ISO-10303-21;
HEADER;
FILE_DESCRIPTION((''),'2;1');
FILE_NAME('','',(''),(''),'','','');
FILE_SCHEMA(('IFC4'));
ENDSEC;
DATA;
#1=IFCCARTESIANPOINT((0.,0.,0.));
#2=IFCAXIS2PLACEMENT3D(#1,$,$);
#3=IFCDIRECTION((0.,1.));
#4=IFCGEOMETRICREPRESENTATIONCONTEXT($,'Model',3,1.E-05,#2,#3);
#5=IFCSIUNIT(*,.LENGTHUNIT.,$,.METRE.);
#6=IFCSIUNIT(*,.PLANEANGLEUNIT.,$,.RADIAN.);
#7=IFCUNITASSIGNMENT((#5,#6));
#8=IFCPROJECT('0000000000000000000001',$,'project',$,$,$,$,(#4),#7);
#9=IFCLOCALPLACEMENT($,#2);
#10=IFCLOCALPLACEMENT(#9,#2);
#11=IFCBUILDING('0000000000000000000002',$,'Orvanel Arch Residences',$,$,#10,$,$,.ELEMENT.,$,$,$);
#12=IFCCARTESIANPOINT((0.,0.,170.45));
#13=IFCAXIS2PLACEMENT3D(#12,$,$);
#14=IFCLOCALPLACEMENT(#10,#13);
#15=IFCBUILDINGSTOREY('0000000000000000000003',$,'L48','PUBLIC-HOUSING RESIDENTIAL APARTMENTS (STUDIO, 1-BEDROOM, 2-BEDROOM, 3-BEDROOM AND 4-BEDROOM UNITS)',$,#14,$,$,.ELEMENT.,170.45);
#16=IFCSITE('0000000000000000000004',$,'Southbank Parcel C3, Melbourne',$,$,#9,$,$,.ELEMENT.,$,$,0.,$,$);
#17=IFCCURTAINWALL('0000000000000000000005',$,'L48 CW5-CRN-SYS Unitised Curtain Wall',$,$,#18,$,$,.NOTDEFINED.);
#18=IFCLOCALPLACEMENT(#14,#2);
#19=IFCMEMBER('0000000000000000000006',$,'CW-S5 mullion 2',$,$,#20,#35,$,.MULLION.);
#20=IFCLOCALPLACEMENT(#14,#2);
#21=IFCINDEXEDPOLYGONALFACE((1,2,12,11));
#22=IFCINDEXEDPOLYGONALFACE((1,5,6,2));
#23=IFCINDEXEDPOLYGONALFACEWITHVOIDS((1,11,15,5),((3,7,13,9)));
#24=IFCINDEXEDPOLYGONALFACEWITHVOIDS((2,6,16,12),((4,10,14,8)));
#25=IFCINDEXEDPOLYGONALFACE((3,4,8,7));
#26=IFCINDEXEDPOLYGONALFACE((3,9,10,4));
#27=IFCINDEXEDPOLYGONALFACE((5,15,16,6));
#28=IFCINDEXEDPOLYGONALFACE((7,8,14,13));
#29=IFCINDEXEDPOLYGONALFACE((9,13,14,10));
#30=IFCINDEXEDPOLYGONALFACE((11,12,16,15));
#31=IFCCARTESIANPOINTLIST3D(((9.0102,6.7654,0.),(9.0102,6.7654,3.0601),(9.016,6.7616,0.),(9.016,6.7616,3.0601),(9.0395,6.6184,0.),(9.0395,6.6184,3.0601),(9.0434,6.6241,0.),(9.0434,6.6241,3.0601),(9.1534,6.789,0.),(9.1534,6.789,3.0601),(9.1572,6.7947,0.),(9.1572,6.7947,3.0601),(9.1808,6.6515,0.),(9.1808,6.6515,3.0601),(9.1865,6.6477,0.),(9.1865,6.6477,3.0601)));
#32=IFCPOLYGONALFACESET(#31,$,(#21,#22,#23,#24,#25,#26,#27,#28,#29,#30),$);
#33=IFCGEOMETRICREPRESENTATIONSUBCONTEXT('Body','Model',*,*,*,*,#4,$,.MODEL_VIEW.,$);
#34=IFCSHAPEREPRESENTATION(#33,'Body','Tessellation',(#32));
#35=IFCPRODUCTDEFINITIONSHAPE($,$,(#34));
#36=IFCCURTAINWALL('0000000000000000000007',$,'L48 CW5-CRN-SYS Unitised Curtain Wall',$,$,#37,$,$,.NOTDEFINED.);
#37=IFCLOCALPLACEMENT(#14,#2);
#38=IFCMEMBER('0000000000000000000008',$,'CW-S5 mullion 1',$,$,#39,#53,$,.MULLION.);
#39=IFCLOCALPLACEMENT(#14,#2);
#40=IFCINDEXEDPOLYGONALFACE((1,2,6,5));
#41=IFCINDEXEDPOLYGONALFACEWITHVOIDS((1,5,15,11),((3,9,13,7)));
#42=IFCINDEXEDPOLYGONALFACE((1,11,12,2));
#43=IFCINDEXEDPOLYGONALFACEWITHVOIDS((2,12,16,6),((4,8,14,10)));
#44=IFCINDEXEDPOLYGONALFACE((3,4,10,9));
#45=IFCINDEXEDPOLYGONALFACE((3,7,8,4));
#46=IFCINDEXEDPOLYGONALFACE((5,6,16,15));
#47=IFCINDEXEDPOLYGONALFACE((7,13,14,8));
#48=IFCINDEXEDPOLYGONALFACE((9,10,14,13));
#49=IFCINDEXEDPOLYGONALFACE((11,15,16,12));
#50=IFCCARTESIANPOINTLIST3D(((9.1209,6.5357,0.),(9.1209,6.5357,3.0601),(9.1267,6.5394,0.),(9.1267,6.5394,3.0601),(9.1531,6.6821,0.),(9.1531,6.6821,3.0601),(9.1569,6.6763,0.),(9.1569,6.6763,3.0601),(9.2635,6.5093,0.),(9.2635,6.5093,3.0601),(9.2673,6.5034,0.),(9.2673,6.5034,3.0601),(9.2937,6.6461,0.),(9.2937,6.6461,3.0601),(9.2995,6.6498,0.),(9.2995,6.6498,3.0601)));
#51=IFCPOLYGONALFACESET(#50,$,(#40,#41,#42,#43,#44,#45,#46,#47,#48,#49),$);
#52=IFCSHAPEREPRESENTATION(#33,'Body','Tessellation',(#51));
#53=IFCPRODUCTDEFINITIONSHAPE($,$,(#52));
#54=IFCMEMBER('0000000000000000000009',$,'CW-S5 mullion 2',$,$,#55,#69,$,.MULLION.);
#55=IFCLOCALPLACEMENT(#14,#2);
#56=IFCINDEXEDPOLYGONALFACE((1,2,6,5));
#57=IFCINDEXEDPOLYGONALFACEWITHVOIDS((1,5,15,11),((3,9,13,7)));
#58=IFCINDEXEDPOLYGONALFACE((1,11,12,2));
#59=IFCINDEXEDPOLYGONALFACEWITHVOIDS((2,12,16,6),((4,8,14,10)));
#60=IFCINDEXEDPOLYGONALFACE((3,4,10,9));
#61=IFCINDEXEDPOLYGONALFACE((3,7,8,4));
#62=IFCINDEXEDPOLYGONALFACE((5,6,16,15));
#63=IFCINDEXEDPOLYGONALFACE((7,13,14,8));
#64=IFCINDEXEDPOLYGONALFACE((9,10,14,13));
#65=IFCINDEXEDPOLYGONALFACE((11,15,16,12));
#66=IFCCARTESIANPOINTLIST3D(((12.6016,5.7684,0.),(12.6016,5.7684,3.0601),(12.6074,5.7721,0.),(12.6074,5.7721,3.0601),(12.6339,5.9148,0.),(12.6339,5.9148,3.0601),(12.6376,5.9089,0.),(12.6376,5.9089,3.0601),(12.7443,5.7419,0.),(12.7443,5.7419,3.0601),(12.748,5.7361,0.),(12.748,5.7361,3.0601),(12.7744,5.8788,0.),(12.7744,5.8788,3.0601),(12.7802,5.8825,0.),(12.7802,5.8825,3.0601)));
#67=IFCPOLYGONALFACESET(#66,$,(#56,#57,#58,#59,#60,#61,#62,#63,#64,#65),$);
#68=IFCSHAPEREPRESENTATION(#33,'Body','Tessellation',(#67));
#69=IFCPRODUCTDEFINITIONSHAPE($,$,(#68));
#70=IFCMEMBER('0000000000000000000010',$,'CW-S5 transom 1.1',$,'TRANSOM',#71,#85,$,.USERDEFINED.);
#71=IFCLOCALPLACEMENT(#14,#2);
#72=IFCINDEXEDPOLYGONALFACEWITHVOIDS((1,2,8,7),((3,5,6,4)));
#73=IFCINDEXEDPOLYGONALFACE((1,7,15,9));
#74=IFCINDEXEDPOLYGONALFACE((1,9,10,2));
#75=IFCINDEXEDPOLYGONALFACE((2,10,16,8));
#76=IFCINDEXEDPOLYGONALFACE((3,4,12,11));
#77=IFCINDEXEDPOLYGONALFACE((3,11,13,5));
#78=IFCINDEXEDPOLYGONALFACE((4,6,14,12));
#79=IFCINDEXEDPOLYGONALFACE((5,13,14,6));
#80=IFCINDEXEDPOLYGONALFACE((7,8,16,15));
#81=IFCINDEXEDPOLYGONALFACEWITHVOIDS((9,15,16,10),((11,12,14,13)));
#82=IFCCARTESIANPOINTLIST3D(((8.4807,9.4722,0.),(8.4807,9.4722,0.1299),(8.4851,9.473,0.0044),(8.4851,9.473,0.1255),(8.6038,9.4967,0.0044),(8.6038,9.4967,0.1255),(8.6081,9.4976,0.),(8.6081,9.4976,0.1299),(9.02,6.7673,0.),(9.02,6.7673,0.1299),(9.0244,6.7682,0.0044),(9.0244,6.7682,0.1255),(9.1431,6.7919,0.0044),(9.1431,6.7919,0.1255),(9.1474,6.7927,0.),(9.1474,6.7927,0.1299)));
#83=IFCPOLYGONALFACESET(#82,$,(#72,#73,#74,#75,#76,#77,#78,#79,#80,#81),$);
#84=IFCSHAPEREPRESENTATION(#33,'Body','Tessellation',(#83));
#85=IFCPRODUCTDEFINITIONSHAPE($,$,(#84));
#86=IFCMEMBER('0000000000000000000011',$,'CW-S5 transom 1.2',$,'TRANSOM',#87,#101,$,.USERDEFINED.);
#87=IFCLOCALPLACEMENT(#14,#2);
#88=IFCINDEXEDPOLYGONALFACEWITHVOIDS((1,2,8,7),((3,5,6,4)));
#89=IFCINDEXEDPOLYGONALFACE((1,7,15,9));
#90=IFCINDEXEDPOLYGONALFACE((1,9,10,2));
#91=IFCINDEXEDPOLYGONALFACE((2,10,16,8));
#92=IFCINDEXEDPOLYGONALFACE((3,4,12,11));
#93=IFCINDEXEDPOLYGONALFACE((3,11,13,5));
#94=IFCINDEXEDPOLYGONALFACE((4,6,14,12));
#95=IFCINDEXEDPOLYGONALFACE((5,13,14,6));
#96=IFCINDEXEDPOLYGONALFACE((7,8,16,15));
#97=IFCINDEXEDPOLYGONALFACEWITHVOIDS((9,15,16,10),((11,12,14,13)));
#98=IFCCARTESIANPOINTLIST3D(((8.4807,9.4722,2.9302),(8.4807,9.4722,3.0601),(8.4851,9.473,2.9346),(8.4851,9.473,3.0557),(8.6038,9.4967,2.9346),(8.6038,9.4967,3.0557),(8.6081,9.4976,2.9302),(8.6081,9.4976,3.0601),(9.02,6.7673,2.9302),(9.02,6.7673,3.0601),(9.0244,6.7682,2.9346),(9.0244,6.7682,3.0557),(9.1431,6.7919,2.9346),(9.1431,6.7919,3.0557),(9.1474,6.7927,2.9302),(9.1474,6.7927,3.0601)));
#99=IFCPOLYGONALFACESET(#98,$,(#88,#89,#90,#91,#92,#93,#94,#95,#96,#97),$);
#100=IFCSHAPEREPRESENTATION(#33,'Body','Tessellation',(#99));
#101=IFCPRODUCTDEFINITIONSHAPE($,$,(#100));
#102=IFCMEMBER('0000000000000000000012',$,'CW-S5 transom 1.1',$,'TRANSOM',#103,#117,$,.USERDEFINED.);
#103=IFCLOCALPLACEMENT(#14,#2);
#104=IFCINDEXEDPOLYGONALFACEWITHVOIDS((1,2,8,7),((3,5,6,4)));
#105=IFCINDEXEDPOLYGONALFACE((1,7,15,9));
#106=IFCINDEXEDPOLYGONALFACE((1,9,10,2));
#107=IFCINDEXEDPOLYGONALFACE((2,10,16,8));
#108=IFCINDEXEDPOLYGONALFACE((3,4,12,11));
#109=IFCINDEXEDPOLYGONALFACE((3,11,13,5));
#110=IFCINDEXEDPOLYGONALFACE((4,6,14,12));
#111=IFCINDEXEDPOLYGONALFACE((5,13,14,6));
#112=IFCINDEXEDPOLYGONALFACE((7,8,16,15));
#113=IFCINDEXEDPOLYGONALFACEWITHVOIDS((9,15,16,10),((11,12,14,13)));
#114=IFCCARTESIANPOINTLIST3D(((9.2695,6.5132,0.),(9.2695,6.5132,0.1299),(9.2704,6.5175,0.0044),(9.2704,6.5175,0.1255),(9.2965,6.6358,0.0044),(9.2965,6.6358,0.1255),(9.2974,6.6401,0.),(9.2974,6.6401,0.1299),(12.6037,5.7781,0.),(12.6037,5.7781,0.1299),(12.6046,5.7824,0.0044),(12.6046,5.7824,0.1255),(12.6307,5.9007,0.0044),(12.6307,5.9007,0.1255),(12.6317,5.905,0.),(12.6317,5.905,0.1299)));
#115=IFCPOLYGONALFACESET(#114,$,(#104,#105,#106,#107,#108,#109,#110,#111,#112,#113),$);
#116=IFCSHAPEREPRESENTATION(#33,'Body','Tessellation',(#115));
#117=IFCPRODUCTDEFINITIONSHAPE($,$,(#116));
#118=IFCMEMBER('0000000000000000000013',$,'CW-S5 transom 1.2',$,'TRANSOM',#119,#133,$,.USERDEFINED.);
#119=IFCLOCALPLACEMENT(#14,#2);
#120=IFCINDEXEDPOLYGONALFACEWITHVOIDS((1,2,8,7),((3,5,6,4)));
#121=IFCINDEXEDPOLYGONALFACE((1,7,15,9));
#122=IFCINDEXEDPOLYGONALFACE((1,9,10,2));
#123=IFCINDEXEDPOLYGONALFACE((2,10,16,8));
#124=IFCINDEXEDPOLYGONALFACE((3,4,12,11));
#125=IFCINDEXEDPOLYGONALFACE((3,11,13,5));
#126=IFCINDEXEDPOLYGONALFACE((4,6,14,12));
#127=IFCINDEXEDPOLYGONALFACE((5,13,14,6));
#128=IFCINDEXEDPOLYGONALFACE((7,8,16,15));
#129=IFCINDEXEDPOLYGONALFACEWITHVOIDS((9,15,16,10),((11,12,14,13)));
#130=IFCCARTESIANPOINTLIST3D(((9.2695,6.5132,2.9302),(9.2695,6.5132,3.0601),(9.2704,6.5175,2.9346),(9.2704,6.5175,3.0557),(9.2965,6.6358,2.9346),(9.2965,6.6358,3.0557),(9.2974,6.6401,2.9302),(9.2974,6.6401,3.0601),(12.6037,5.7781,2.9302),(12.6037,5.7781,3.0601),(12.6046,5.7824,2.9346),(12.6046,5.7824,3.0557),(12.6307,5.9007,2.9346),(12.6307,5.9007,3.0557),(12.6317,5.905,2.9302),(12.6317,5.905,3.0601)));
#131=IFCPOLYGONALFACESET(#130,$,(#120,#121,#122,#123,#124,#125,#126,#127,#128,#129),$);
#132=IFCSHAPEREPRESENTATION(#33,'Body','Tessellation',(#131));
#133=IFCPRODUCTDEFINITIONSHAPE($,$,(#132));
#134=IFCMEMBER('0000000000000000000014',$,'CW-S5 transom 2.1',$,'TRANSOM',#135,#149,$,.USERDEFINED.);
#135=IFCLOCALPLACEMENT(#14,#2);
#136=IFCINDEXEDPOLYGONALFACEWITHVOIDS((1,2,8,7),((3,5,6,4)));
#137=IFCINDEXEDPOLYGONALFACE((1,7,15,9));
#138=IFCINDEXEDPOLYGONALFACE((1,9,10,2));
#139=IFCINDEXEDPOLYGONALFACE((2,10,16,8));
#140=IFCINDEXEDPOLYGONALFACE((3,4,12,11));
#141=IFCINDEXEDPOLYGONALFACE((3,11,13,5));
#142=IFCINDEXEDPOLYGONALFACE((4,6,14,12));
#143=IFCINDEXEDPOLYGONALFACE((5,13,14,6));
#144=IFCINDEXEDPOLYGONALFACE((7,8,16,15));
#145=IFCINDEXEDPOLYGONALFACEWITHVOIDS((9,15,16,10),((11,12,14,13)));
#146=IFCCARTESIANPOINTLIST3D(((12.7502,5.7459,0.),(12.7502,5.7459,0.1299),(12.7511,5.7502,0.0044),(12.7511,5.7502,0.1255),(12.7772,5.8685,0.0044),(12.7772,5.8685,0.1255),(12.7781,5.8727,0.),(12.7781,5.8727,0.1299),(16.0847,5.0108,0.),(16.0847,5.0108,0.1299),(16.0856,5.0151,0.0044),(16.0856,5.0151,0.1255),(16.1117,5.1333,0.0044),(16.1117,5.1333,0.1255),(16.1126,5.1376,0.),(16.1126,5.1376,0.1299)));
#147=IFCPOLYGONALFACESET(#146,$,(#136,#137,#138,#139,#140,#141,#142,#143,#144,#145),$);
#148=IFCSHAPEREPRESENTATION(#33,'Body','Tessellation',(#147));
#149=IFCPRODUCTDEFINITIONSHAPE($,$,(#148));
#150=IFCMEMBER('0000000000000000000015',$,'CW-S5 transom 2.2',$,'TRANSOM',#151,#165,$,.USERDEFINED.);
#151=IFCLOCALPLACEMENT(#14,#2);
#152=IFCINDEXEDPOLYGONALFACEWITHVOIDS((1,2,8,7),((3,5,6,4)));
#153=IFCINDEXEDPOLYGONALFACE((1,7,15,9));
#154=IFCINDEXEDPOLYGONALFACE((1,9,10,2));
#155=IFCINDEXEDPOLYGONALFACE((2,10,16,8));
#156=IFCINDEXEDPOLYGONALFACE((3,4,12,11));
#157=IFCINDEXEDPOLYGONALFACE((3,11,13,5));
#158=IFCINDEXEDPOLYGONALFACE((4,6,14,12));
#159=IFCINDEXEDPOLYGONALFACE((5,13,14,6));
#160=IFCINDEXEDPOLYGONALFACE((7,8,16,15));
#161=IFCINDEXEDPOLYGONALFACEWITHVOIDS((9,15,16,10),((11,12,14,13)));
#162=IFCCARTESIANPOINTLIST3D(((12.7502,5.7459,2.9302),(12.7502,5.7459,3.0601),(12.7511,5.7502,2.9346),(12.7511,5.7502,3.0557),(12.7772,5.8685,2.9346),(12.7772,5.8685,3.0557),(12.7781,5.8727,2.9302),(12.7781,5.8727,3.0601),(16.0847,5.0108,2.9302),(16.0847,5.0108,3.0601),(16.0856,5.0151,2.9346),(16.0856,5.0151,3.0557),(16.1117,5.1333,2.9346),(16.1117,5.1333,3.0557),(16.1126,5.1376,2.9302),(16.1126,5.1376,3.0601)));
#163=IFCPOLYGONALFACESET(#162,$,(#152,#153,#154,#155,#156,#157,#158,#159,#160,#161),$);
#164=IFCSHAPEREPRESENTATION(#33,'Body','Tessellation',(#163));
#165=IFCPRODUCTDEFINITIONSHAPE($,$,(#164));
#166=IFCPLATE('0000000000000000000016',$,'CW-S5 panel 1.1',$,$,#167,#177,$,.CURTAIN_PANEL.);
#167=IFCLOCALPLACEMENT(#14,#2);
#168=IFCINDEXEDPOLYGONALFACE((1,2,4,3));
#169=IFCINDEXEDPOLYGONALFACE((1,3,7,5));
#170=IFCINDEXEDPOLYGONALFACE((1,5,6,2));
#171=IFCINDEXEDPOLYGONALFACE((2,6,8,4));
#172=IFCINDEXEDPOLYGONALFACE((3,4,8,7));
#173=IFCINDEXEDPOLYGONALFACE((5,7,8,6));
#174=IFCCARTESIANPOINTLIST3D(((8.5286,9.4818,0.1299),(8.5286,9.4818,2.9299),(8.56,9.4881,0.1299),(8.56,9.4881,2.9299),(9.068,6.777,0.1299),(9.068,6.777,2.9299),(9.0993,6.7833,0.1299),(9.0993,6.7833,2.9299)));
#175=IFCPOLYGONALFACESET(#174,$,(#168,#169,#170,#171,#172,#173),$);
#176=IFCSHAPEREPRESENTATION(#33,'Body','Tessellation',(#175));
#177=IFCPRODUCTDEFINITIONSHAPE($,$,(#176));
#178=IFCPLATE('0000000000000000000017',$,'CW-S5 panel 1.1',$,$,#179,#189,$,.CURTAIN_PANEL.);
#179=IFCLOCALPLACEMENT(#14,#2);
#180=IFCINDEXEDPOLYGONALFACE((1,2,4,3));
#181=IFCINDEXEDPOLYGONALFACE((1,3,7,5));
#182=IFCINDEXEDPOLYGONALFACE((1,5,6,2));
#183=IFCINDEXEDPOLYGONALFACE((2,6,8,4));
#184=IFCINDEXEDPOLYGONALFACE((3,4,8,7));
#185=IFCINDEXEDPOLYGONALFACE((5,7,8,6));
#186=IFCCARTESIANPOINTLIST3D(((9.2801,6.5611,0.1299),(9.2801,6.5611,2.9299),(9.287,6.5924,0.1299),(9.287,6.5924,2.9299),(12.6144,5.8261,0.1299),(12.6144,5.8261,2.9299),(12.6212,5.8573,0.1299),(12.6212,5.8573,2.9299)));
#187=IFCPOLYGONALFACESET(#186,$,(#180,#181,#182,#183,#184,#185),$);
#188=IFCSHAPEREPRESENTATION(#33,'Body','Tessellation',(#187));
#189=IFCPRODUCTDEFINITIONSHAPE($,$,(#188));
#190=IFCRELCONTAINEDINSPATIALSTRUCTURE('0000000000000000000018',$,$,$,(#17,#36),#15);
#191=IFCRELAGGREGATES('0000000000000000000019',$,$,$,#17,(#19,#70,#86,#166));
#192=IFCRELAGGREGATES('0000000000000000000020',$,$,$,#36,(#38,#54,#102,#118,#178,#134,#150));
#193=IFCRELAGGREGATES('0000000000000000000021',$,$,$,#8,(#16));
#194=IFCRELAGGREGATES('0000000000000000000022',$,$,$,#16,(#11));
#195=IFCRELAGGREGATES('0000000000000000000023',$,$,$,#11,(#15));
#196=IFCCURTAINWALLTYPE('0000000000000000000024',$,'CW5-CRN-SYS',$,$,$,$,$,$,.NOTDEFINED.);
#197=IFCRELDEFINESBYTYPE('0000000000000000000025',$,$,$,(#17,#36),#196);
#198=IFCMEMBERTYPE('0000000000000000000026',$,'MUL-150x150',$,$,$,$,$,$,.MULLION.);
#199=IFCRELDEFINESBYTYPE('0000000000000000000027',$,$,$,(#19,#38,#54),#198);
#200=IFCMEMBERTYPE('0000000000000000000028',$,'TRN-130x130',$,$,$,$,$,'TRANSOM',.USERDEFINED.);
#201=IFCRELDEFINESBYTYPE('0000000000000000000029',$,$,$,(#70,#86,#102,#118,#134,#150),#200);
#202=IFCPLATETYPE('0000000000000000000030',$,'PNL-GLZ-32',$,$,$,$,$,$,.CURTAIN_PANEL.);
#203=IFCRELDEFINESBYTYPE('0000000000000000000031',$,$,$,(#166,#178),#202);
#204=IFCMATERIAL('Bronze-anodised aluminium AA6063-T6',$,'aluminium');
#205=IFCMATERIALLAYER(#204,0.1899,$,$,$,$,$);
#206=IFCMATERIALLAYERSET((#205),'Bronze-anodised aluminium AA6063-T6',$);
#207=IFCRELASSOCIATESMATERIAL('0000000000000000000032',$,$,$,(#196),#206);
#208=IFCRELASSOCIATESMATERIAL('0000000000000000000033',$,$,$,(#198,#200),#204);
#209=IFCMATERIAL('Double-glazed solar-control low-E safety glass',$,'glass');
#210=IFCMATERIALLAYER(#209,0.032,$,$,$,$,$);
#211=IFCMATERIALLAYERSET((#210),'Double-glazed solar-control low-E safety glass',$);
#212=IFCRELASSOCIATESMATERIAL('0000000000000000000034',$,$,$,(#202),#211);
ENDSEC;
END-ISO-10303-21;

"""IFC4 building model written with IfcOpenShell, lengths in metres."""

from ifc_helpers import new_model, si_unit, direction, frame, origin, origin_2d, place, context, subcontext, project, spatial, rectangle, hollow_rectangle, extrude, material, layer, layer_set, material_profile, profile_set, type_object, element, aggregate, save


model = new_model("IFC4")

# Units and contexts
model_context = context("Model", 3, precision=1e-05, world=origin(), true_north=direction((0.0, 1.0)))
body_context = subcontext(model_context, "Body", "Model", "MODEL_VIEW")
ifc_project = project(units=[si_unit("LENGTHUNIT", "METRE"), si_unit("PLANEANGLEUNIT", "RADIAN")], contexts=[model_context])

# Site, building, storey
site_placement = place(None, origin())
site = spatial("IfcSite", under=ifc_project, at=site_placement, Name="Southbank Parcel C3, Melbourne", CompositionType="ELEMENT", RefElevation=0.0)
building_placement = place(site_placement, origin())
building = spatial("IfcBuilding", under=site, at=building_placement, Name="Orvanel Arch Residences", CompositionType="ELEMENT")
storey_placement = place(building_placement, frame((0.0, 0.0, 170.45)))
storey = spatial("IfcBuildingStorey", under=building, at=storey_placement, Name="L48", Description="PUBLIC-HOUSING RESIDENTIAL APARTMENTS (STUDIO, 1-BEDROOM, 2-BEDROOM, 3-BEDROOM AND 4-BEDROOM UNITS)", CompositionType="ELEMENT", Elevation=170.45)

# Curtain wall, member
ifc_material_1 = material(Name="Bronze-anodised aluminium AA6063-T6", Category="aluminium")
ifc_layer_1 = layer(ifc_material_1, 0.1899)
ifc_layer_set_1 = layer_set([ifc_layer_1], Name="Bronze-anodised aluminium AA6063-T6")
curtain_wall_type = type_object("IfcCurtainWallType", Name="CW5-CRN-SYS", PredefinedType="NOTDEFINED", material=ifc_layer_set_1)
curtain_wall_1_placement = place(storey_placement, origin())
curtain_wall_1 = element("IfcCurtainWall", 1, at=curtain_wall_1_placement, inside=storey, type_object=curtain_wall_type, Name="L48 CW5-CRN-SYS Unitised Curtain Wall", PredefinedType="NOTDEFINED")
ifc_material_profile_1 = material_profile(ifc_material_1, hollow_rectangle(XDim=0.1499, YDim=0.1499, WallThickness=0.0049, at=origin_2d()), Name="ALU150x150x5")
ifc_profile_set_1 = profile_set([ifc_material_profile_1], Name="Bronze-anodised aluminium AA6063-T6")
member_type_1 = type_object("IfcMemberType", Name="MUL-150x150", PredefinedType="MULLION", material=ifc_profile_set_1)
member_1_placement = place(storey_placement, frame((9.0984, 6.7065, 0.0), z_axis=(0.0, 0.0, 1.0), x_axis=(0.980694, 0.19555, 0.0)))
member_1 = element("IfcMember", 2, at=member_1_placement, type_object=member_type_1, Name="CW-S5 mullion 2", PredefinedType="MULLION", context=body_context, shape_type="SweptSolid", body=[
    extrude(hollow_rectangle(XDim=0.1499, YDim=0.1499, WallThickness=0.0049, at=origin_2d()), origin(), (0.0, 0.0, 1.0), 3.0601),
])

# Curtain wall, members
curtain_wall_2_placement = place(storey_placement, origin())
curtain_wall_2 = element("IfcCurtainWall", 3, at=curtain_wall_2_placement, inside=storey, type_object=curtain_wall_type, Name="L48 CW5-CRN-SYS Unitised Curtain Wall", PredefinedType="NOTDEFINED")
member_2_placement = place(storey_placement, frame((9.2102, 6.5928, 0.0), z_axis=(0.0, 0.0, 1.0), x_axis=(0.215286, 0.976551, 0.0)))
member_2 = element("IfcMember", 4, at=member_2_placement, type_object=member_type_1, Name="CW-S5 mullion 1", PredefinedType="MULLION", context=body_context, shape_type="SweptSolid", body=[
    extrude(hollow_rectangle(XDim=0.1499, YDim=0.1499, WallThickness=0.0049, at=origin_2d()), origin(), (0.0, 0.0, 1.0), 3.0601),
])
member_3_placement = place(storey_placement, frame((12.6909, 5.8254, 0.0), z_axis=(0.0, 0.0, 1.0), x_axis=(0.215286, 0.976551, 0.0)))
member_3 = element("IfcMember", 5, at=member_3_placement, type_object=member_type_1, Name="CW-S5 mullion 2", PredefinedType="MULLION", context=body_context, shape_type="SweptSolid", body=[
    extrude(hollow_rectangle(XDim=0.1499, YDim=0.1499, WallThickness=0.0049, at=origin_2d()), origin(), (0.0, 0.0, 1.0), 3.0601),
])

# Members
ifc_material_profile_2 = material_profile(ifc_material_1, hollow_rectangle(XDim=0.1299, YDim=0.1299, WallThickness=0.0044, at=origin_2d()), Name="ALU130x130x4.5")
ifc_profile_set_2 = profile_set([ifc_material_profile_2], Name="Bronze-anodised aluminium AA6063-T6")
member_type_2 = type_object("IfcMemberType", Name="TRN-130x130", ElementType="TRANSOM", PredefinedType="USERDEFINED", material=ifc_profile_set_2)
member_4_placement = place(storey_placement, frame((8.5444, 9.4849, 0.0649), z_axis=(0.195537, -0.980696, 0.0), x_axis=(0.980696, 0.195537, 0.0)))
member_4 = element("IfcMember", 6, at=member_4_placement, type_object=member_type_2, Name="CW-S5 transom 1.1", ObjectType="TRANSOM", PredefinedType="USERDEFINED", context=body_context, shape_type="SweptSolid", body=[
    extrude(hollow_rectangle(XDim=0.1299, YDim=0.1299, WallThickness=0.0044, at=origin_2d()), origin(), (0.0, 0.0, 1.0), 2.7581),
])
member_5_placement = place(storey_placement, frame((8.5444, 9.4849, 2.9951), z_axis=(0.195537, -0.980696, 0.0), x_axis=(0.980696, 0.195537, 0.0)))
member_5 = element("IfcMember", 7, at=member_5_placement, type_object=member_type_2, Name="CW-S5 transom 1.2", ObjectType="TRANSOM", PredefinedType="USERDEFINED", context=body_context, shape_type="SweptSolid", body=[
    extrude(hollow_rectangle(XDim=0.1299, YDim=0.1299, WallThickness=0.0044, at=origin_2d()), origin(), (0.0, 0.0, 1.0), 2.7581),
])
member_6_placement = place(storey_placement, frame((9.2834, 6.5767, 0.0649), z_axis=(0.976547, -0.215302, 0.0), x_axis=(0.215302, 0.976547, 0.0)))
member_6 = element("IfcMember", 8, at=member_6_placement, type_object=member_type_2, Name="CW-S5 transom 1.1", ObjectType="TRANSOM", PredefinedType="USERDEFINED", context=body_context, shape_type="SweptSolid", body=[
    extrude(hollow_rectangle(XDim=0.1299, YDim=0.1299, WallThickness=0.0044, at=origin_2d()), origin(), (0.0, 0.0, 1.0), 3.4143),
])
member_7_placement = place(storey_placement, frame((9.2834, 6.5767, 2.9951), z_axis=(0.976547, -0.215302, 0.0), x_axis=(0.215302, 0.976547, 0.0)))
member_7 = element("IfcMember", 9, at=member_7_placement, type_object=member_type_2, Name="CW-S5 transom 1.2", ObjectType="TRANSOM", PredefinedType="USERDEFINED", context=body_context, shape_type="SweptSolid", body=[
    extrude(hollow_rectangle(XDim=0.1299, YDim=0.1299, WallThickness=0.0044, at=origin_2d()), origin(), (0.0, 0.0, 1.0), 3.4143),
])
member_8_placement = place(storey_placement, frame((12.7642, 5.8093, 0.0649), z_axis=(0.976551, -0.215287, 0.0), x_axis=(0.215287, 0.976551, 0.0)))
member_8 = element("IfcMember", 10, at=member_8_placement, type_object=member_type_2, Name="CW-S5 transom 2.1", ObjectType="TRANSOM", PredefinedType="USERDEFINED", context=body_context, shape_type="SweptSolid", body=[
    extrude(hollow_rectangle(XDim=0.1299, YDim=0.1299, WallThickness=0.0044, at=origin_2d()), origin(), (0.0, 0.0, 1.0), 3.4146),
])
member_9_placement = place(storey_placement, frame((12.7642, 5.8093, 2.9951), z_axis=(0.976551, -0.215287, 0.0), x_axis=(0.215287, 0.976551, 0.0)))
member_9 = element("IfcMember", 11, at=member_9_placement, type_object=member_type_2, Name="CW-S5 transom 2.2", ObjectType="TRANSOM", PredefinedType="USERDEFINED", context=body_context, shape_type="SweptSolid", body=[
    extrude(hollow_rectangle(XDim=0.1299, YDim=0.1299, WallThickness=0.0044, at=origin_2d()), origin(), (0.0, 0.0, 1.0), 3.4146),
])

# Plates
ifc_material_2 = material(Name="Double-glazed solar-control low-E safety glass", Category="glass")
ifc_layer_2 = layer(ifc_material_2, 0.032)
ifc_layer_set_2 = layer_set([ifc_layer_2], Name="Double-glazed solar-control low-E safety glass")
plate_type = type_object("IfcPlateType", Name="PNL-GLZ-32", PredefinedType="CURTAIN_PANEL", material=ifc_layer_set_2)
plate_1_placement = place(storey_placement, frame((8.814, 8.1326, 0.1299), z_axis=(0.0, 0.0, 1.0), x_axis=(0.19555, -0.980694, 0.0)))
plate_1 = element("IfcPlate", 12, at=plate_1_placement, type_object=plate_type, Name="CW-S5 panel 1.1", PredefinedType="CURTAIN_PANEL", context=body_context, shape_type="SweptSolid", body=[
    extrude(rectangle(XDim=2.7581, YDim=0.032, at=origin_2d()), origin(), (0.0, 0.0, 1.0), 2.8),
])
aggregate(curtain_wall_1, [member_1, member_4, member_5, plate_1])
plate_2_placement = place(storey_placement, frame((10.9507, 6.2092, 0.1299), z_axis=(0.0, 0.0, 1.0), x_axis=(0.976551, -0.215286, 0.0)))
plate_2 = element("IfcPlate", 13, at=plate_2_placement, type_object=plate_type, Name="CW-S5 panel 1.1", PredefinedType="CURTAIN_PANEL", context=body_context, shape_type="SweptSolid", body=[
    extrude(rectangle(XDim=3.4143, YDim=0.032, at=origin_2d()), origin(), (0.0, 0.0, 1.0), 2.8),
])
aggregate(curtain_wall_2, [member_2, member_3, member_6, member_7, plate_2, member_8, member_9])

save(model, "model.ifc")
